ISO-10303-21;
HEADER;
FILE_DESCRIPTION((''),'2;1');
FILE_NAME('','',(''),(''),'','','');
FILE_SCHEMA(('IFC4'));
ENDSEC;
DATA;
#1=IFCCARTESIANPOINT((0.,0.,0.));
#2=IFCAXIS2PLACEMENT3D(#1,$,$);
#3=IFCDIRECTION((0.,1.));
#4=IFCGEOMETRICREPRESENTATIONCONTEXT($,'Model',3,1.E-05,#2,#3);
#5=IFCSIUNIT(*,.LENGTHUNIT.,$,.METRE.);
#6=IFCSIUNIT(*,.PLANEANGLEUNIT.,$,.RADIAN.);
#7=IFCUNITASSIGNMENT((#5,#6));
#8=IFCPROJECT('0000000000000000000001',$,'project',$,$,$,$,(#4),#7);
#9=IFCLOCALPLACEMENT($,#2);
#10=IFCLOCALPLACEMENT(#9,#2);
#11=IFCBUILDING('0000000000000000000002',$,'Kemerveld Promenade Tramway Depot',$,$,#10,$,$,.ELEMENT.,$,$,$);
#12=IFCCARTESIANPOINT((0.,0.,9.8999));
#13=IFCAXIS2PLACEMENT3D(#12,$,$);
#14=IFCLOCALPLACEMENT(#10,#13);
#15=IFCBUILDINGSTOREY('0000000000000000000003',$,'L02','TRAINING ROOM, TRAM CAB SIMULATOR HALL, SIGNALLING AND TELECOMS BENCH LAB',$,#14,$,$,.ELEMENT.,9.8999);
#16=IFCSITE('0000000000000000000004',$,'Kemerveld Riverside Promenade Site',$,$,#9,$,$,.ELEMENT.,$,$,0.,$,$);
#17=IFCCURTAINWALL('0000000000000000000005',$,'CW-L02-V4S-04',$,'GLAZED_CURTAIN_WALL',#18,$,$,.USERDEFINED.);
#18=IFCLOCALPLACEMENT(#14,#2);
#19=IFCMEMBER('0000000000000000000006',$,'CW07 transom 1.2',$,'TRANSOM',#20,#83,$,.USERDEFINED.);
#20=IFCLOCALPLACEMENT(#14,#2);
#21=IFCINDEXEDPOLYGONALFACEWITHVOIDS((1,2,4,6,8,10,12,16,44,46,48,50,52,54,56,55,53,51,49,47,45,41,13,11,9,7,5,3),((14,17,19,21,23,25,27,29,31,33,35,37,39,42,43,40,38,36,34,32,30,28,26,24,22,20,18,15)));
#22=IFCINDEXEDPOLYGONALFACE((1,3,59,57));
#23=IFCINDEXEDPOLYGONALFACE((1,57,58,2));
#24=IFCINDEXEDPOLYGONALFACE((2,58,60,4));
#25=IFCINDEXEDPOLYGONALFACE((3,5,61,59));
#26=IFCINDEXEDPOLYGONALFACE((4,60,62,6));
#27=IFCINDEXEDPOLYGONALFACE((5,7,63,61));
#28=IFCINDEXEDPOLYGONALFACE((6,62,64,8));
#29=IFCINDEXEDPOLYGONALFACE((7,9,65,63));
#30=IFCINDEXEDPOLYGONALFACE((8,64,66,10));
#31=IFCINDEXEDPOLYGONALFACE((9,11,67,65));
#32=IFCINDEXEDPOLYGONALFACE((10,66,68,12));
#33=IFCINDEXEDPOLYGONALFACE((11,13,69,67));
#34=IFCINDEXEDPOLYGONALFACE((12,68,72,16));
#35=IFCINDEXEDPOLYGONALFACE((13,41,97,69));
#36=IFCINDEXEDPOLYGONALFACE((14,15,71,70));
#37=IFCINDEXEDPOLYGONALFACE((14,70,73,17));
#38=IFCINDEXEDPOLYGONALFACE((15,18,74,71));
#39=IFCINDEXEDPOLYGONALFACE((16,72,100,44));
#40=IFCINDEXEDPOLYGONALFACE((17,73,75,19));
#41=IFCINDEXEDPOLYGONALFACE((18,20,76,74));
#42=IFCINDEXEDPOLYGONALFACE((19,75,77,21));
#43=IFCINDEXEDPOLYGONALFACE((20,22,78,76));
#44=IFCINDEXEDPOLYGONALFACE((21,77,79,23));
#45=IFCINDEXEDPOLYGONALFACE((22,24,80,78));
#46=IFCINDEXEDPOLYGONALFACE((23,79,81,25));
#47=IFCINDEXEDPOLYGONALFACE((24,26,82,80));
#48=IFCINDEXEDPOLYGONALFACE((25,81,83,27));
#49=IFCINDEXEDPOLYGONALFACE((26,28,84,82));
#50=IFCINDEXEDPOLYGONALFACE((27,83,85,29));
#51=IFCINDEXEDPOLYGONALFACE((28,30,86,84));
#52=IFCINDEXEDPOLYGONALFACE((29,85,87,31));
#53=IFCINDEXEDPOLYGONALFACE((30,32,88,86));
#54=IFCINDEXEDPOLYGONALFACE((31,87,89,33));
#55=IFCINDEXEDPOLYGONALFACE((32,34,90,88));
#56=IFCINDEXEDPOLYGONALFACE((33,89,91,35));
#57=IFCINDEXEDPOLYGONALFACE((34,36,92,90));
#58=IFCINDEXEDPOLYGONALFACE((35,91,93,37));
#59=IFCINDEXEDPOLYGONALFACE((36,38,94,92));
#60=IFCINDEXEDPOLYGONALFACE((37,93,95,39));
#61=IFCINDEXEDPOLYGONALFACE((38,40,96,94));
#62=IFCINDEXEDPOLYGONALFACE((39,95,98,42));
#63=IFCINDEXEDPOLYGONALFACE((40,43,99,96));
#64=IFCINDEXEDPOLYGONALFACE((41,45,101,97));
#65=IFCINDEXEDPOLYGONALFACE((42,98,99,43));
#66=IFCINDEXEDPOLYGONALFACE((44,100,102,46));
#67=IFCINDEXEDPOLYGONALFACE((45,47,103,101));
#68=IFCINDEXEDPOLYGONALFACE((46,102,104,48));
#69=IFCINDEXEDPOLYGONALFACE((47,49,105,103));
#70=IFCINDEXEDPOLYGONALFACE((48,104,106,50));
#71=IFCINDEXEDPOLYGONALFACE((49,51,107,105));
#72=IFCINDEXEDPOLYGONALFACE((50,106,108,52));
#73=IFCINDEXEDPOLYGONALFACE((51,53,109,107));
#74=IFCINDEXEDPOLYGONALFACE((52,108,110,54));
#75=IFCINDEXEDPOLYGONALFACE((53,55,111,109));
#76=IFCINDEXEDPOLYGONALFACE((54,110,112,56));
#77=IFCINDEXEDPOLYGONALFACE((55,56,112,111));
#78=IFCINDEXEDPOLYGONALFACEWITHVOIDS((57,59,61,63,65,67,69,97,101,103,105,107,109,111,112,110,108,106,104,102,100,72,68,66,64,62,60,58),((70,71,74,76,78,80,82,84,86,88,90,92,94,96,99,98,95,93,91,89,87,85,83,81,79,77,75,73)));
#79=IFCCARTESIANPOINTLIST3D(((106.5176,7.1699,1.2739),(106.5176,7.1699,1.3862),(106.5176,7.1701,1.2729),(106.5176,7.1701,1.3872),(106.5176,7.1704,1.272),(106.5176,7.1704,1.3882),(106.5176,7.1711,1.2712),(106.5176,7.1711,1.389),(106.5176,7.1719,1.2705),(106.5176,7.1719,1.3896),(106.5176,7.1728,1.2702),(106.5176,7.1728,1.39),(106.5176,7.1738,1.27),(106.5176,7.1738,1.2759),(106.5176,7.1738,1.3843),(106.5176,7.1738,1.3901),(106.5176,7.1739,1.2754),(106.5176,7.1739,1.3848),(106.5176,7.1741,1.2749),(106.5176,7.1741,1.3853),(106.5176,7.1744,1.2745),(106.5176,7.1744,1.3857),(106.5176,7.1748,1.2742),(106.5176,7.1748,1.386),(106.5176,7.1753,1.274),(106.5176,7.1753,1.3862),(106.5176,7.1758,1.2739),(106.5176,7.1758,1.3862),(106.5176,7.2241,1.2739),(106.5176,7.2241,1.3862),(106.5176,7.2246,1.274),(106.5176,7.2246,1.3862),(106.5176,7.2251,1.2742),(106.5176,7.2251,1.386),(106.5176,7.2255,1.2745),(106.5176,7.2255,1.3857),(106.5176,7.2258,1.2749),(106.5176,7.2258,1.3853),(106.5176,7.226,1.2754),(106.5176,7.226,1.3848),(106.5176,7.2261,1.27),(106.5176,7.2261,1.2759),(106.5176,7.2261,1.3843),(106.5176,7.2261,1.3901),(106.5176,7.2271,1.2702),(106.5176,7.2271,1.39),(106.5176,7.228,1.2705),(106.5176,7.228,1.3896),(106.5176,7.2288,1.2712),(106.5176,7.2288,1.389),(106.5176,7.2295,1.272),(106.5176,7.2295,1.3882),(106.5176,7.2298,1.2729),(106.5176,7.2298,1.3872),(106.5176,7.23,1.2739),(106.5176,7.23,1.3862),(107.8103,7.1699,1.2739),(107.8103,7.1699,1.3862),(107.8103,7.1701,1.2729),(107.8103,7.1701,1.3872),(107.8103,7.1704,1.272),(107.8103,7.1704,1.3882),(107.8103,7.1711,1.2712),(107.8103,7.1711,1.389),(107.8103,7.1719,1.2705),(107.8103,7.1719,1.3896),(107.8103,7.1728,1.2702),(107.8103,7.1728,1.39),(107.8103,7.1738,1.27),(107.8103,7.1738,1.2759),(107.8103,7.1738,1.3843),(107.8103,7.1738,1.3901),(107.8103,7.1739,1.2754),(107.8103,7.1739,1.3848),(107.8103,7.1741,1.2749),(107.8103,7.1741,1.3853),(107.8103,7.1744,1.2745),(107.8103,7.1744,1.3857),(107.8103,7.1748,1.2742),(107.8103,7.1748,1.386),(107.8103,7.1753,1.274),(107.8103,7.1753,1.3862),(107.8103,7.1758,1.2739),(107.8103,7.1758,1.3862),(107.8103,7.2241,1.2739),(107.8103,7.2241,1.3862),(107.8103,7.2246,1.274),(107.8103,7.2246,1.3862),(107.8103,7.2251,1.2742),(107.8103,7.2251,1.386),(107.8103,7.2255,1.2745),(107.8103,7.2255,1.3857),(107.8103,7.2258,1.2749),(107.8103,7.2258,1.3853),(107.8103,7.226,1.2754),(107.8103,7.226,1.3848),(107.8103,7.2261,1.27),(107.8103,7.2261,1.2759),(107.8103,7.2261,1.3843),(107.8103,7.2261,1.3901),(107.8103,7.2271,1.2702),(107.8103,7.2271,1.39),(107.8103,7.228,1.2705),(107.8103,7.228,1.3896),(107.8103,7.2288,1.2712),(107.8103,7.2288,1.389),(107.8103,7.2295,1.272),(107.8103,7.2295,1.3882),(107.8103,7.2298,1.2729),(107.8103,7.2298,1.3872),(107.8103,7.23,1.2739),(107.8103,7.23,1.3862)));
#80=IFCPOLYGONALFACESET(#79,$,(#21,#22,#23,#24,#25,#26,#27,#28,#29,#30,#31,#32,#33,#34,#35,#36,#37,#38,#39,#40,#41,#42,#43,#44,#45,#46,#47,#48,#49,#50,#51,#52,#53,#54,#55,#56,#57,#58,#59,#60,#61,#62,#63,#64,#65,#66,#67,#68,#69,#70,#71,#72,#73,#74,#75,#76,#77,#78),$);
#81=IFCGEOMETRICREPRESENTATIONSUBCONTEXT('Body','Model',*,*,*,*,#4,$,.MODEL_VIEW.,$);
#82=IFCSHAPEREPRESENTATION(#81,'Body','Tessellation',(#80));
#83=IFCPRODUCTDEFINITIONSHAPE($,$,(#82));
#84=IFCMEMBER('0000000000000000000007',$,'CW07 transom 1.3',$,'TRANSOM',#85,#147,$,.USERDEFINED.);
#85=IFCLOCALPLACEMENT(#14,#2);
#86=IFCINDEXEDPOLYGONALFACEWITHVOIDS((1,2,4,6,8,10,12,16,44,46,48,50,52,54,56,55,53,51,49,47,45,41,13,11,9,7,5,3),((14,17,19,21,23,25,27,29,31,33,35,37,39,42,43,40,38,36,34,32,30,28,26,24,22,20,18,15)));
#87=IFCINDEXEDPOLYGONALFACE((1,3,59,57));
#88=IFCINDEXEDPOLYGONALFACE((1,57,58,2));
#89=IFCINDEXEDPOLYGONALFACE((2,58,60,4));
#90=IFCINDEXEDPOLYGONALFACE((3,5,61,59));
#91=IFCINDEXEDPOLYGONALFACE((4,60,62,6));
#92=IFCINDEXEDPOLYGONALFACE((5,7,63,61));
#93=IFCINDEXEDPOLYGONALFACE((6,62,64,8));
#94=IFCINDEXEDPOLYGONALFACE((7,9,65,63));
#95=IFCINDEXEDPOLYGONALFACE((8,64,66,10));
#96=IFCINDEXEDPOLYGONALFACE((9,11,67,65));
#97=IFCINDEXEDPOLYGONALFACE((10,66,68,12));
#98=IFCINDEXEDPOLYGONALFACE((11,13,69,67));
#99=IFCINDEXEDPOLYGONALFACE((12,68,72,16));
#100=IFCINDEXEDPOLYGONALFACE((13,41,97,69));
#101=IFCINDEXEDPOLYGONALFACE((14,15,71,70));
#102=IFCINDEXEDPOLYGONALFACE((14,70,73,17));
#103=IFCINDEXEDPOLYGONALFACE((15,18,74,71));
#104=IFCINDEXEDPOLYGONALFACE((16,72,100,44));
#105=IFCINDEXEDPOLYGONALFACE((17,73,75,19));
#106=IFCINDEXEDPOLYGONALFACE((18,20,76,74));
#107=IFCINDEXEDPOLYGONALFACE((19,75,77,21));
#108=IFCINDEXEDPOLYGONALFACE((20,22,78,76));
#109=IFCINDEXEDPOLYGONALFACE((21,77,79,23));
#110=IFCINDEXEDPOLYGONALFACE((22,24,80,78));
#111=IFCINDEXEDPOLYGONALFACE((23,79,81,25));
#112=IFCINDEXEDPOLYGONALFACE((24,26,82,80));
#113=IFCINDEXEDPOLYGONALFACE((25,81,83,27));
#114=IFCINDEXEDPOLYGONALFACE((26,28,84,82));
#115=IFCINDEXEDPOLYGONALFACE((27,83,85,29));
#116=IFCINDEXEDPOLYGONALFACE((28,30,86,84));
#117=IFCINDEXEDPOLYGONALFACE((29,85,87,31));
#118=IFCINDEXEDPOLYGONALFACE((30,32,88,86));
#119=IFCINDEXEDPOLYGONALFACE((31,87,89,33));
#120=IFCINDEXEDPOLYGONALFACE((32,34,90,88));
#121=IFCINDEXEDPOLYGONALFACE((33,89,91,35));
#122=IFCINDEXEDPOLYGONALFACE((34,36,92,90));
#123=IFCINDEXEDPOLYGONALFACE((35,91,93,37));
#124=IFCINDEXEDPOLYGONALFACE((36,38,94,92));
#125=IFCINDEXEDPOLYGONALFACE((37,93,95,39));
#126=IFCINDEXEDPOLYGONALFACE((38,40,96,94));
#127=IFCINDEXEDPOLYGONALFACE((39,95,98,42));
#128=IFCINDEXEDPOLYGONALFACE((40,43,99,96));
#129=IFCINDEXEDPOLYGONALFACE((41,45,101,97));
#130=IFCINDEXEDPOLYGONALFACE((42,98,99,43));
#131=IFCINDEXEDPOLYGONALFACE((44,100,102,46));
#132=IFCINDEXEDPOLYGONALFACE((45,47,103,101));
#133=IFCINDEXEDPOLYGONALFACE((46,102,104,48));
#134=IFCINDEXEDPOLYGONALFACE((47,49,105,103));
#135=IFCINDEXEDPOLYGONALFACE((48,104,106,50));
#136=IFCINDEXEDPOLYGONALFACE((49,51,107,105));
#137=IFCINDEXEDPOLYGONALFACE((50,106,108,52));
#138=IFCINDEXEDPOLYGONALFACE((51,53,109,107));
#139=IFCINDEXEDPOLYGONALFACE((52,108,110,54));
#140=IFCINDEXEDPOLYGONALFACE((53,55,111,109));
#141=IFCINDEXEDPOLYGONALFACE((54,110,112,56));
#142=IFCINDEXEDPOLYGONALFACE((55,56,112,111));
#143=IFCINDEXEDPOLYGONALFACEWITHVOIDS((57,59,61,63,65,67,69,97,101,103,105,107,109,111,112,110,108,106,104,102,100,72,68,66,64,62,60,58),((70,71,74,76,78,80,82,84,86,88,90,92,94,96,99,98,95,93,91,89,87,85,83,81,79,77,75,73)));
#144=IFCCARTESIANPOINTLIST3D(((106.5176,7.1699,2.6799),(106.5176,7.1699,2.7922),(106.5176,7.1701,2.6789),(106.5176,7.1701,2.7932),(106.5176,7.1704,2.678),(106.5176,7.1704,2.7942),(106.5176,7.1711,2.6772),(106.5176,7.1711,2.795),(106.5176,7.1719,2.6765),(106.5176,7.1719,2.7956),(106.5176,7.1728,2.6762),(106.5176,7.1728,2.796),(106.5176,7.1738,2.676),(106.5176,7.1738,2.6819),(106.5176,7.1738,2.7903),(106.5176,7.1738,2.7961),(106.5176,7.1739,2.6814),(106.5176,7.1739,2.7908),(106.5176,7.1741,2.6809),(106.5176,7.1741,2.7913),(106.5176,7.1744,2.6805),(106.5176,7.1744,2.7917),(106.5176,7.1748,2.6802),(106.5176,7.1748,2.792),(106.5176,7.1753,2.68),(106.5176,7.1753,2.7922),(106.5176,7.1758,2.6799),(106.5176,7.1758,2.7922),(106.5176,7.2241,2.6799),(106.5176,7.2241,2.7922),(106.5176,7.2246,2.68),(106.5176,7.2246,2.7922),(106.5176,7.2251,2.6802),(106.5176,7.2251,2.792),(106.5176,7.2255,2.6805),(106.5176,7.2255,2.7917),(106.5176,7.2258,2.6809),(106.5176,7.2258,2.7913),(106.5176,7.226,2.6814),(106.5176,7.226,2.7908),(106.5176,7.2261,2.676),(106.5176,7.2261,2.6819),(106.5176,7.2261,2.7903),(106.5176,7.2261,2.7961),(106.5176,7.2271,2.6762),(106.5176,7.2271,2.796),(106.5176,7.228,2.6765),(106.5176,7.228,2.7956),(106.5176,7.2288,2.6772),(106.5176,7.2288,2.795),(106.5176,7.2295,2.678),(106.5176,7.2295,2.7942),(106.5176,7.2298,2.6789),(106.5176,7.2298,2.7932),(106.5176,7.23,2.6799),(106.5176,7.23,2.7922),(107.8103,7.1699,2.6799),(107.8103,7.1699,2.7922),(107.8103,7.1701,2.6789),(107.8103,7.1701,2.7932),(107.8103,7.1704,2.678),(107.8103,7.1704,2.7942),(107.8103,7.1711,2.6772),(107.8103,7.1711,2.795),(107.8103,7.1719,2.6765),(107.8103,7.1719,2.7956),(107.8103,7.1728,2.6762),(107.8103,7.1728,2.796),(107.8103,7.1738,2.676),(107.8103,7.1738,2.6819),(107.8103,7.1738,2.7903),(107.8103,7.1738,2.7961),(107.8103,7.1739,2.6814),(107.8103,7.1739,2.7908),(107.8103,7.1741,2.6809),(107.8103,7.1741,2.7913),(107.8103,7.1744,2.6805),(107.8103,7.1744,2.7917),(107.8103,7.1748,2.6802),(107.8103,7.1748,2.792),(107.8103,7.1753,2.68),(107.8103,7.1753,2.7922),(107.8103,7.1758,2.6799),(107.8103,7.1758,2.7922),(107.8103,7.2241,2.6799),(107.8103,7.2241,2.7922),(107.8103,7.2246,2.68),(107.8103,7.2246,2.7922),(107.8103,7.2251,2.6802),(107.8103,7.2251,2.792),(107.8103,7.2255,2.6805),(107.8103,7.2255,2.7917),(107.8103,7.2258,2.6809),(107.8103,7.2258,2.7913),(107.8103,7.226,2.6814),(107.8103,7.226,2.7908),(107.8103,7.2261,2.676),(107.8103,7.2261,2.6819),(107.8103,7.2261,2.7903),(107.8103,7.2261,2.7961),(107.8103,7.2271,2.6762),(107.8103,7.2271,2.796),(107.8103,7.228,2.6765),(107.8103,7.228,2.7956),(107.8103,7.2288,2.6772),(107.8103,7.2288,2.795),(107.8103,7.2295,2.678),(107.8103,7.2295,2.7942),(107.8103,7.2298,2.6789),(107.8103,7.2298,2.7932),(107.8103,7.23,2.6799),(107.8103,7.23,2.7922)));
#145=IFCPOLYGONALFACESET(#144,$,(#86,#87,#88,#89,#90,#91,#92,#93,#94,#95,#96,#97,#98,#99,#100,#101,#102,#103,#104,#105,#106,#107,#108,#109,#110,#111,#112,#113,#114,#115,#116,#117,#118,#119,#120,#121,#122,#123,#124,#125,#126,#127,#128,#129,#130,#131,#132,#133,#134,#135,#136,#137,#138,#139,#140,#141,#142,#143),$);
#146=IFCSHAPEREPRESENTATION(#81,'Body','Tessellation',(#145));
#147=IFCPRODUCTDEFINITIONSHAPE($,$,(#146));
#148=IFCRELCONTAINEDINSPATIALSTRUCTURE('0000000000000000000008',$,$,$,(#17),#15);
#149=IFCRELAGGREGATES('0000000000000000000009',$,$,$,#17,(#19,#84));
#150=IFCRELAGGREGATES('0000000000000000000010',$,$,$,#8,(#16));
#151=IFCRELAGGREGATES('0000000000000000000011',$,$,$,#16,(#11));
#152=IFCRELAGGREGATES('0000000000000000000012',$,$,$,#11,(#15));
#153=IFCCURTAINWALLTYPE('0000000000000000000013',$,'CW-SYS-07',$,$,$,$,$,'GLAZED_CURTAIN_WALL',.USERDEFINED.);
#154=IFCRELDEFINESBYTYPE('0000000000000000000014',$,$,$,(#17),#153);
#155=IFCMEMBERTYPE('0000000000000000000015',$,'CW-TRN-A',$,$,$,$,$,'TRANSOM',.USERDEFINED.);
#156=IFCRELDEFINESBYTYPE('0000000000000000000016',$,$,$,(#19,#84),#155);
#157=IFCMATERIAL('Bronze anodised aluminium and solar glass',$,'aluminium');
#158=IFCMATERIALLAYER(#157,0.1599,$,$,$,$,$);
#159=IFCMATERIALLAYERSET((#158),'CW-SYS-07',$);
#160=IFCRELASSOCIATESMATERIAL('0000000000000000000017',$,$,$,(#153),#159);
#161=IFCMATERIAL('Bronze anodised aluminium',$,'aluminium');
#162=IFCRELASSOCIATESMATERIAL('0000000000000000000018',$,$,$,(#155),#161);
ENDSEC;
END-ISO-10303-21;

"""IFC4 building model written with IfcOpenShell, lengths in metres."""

from ifc_helpers import new_model, si_unit, direction, frame, origin, origin_2d, place, context, subcontext, project, spatial, hollow_rectangle, extrude, material, layer, layer_set, material_profile, profile_set, type_object, element, aggregate, save


model = new_model("IFC4")

# Units and contexts
model_context = context("Model", 3, precision=1e-05, world=origin(), true_north=direction((0.0, 1.0)))
body_context = subcontext(model_context, "Body", "Model", "MODEL_VIEW")
ifc_project = project(units=[si_unit("LENGTHUNIT", "METRE"), si_unit("PLANEANGLEUNIT", "RADIAN")], contexts=[model_context])

# Site, building, storey
site_placement = place(None, origin())
site = spatial("IfcSite", under=ifc_project, at=site_placement, Name="Kemerveld Riverside Promenade Site", CompositionType="ELEMENT", RefElevation=0.0)
building_placement = place(site_placement, origin())
building = spatial("IfcBuilding", under=site, at=building_placement, Name="Kemerveld Promenade Tramway Depot", CompositionType="ELEMENT")
storey_placement = place(building_placement, frame((0.0, 0.0, 9.8999)))
storey = spatial("IfcBuildingStorey", under=building, at=storey_placement, Name="L02", Description="TRAINING ROOM, TRAM CAB SIMULATOR HALL, SIGNALLING AND TELECOMS BENCH LAB", CompositionType="ELEMENT", Elevation=9.8999)

# Curtain wall, members
ifc_material_1 = material(Name="Bronze anodised aluminium and solar glass", Category="aluminium")
ifc_layer_1 = layer(ifc_material_1, 0.1599)
ifc_layer_set_1 = layer_set([ifc_layer_1], Name="CW-SYS-07")
curtain_wall_type = type_object("IfcCurtainWallType", Name="CW-SYS-07", ElementType="GLAZED_CURTAIN_WALL", PredefinedType="USERDEFINED", material=ifc_layer_set_1)
curtain_wall_placement = place(storey_placement, origin())
curtain_wall = element("IfcCurtainWall", 1, at=curtain_wall_placement, inside=storey, type_object=curtain_wall_type, Name="CW-L02-V4S-04", ObjectType="GLAZED_CURTAIN_WALL", PredefinedType="USERDEFINED")
ifc_material_2 = material(Name="Bronze anodised aluminium", Category="aluminium")
ifc_material_profile_1 = material_profile(ifc_material_2, hollow_rectangle(XDim=0.0601, YDim=0.1201, WallThickness=0.0039, InnerFilletRadius=0.002, OuterFilletRadius=0.0039, at=origin_2d()), Name="CW-TRN-120x60")
ifc_profile_set_1 = profile_set([ifc_material_profile_1], Name="Bronze anodised aluminium")
member_type_1 = type_object("IfcMemberType", Name="CW-TRN-A", ElementType="TRANSOM", PredefinedType="USERDEFINED", material=ifc_profile_set_1)
member_1_placement = place(storey_placement, frame((107.8103, 7.2, 1.3301), z_axis=(-1.0, 0.0, 0.0), x_axis=(0.0, -1.0, 0.0)))
member_1 = element("IfcMember", 2, at=member_1_placement, type_object=member_type_1, Name="CW07 transom 1.2", ObjectType="TRANSOM", PredefinedType="USERDEFINED", context=body_context, shape_type="SweptSolid", body=[
    extrude(hollow_rectangle(XDim=0.0601, YDim=0.1201, WallThickness=0.0039, InnerFilletRadius=0.002, OuterFilletRadius=0.0039, at=origin_2d()), origin(), (0.0, 0.0, 1.0), 1.2927),
])
member_2_placement = place(storey_placement, frame((107.8103, 7.2, 2.7361), z_axis=(-1.0, 0.0, 0.0), x_axis=(0.0, -1.0, 0.0)))
member_2 = element("IfcMember", 3, at=member_2_placement, type_object=member_type_1, Name="CW07 transom 1.3", ObjectType="TRANSOM", PredefinedType="USERDEFINED", context=body_context, shape_type="SweptSolid", body=[
    extrude(hollow_rectangle(XDim=0.0601, YDim=0.1201, WallThickness=0.0039, InnerFilletRadius=0.002, OuterFilletRadius=0.0039, at=origin_2d()), origin(), (0.0, 0.0, 1.0), 1.2927),
])

aggregate(curtain_wall, [member_1, member_2])

save(model, "model.ifc")
